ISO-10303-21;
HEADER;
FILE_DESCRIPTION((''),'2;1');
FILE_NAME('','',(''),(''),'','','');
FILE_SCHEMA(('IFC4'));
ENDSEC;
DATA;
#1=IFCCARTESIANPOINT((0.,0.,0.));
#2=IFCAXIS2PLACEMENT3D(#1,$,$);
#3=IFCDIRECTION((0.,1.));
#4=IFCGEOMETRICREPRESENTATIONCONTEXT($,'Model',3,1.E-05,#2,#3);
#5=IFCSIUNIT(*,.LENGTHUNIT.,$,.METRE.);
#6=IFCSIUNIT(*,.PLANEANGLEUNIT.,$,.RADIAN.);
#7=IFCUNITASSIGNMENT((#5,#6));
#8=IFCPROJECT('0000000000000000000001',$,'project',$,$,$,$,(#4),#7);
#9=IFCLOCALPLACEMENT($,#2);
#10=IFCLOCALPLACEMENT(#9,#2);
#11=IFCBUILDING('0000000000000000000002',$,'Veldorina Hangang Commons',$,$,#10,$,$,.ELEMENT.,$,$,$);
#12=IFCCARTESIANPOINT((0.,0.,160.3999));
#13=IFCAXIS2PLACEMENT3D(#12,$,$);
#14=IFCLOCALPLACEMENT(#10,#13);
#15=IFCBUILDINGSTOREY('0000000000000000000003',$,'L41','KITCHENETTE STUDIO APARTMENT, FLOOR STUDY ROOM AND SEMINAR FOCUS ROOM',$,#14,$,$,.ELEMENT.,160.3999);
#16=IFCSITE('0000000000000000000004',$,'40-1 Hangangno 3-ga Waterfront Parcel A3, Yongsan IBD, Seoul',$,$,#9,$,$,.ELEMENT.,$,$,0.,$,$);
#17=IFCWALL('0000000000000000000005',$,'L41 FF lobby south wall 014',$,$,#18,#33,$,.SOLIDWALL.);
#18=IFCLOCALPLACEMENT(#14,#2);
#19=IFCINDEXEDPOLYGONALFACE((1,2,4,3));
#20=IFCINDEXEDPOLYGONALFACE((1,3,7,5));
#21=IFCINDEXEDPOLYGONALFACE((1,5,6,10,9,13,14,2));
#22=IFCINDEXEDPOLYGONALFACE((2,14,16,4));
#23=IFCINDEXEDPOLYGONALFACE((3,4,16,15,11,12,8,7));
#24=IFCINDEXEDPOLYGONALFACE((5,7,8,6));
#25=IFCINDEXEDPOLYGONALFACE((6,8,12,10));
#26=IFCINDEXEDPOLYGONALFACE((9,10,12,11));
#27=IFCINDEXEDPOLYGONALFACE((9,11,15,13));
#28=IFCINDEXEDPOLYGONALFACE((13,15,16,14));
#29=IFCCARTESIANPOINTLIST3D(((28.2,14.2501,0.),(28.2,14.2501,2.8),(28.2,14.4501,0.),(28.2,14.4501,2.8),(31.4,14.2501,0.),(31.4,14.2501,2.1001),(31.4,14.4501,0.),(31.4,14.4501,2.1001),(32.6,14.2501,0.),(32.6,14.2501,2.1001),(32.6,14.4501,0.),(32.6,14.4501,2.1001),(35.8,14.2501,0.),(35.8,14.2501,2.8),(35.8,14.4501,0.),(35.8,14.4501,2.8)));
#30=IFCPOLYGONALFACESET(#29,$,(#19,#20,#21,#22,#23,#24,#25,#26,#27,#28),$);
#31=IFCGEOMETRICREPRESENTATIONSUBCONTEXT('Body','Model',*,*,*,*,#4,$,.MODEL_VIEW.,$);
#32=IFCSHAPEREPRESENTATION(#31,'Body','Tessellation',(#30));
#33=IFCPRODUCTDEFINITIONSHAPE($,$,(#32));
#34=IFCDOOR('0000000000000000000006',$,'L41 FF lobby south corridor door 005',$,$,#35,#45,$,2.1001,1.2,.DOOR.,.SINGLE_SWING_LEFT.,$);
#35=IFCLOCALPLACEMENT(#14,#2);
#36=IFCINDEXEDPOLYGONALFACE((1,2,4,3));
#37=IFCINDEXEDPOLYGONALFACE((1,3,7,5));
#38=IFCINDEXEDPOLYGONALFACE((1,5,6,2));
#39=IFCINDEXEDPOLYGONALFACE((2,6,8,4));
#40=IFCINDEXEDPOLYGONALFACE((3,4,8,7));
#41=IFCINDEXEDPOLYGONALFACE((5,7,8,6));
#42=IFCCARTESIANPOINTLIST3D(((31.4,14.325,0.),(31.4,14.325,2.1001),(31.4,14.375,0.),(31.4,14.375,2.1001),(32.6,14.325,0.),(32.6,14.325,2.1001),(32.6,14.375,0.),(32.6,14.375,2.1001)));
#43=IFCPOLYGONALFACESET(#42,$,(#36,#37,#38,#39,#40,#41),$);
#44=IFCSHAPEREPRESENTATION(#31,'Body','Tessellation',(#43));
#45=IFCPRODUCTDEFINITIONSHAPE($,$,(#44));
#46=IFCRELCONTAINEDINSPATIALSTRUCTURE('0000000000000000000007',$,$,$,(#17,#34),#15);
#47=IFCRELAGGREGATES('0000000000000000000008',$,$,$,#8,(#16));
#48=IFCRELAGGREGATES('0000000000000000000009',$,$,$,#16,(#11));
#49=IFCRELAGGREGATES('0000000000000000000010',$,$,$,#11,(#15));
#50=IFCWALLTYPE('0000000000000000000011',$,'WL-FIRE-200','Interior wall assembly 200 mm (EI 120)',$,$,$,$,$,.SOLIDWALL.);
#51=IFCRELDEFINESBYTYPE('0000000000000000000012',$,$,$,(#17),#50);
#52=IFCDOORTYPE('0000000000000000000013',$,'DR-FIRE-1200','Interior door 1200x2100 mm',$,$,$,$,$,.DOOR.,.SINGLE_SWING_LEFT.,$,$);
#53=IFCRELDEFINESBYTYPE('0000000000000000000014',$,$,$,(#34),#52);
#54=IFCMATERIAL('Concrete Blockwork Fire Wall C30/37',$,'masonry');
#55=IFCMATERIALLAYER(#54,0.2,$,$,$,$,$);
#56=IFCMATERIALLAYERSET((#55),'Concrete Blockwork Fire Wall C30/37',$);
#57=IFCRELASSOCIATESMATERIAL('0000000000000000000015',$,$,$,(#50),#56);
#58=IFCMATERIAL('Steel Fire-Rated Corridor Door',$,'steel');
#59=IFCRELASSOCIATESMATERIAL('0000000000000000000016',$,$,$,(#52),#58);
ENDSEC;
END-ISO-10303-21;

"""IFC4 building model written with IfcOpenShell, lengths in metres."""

from ifc_helpers import new_model, si_unit, direction, frame, frame_2d, origin, place, context, subcontext, project, spatial, rectangle, extrude, material, layer, layer_set, type_object, element, fill, save


model = new_model("IFC4")

# Units and contexts
model_context = context("Model", 3, precision=1e-05, world=origin(), true_north=direction((0.0, 1.0)))
body_context = subcontext(model_context, "Body", "Model", "MODEL_VIEW")
ifc_project = project(units=[si_unit("LENGTHUNIT", "METRE"), si_unit("PLANEANGLEUNIT", "RADIAN")], contexts=[model_context])

# Site, building, storey
site_placement = place(None, origin())
site = spatial("IfcSite", under=ifc_project, at=site_placement, Name="40-1 Hangangno 3-ga Waterfront Parcel A3, Yongsan IBD, Seoul", CompositionType="ELEMENT", RefElevation=0.0)
building_placement = place(site_placement, origin())
building = spatial("IfcBuilding", under=site, at=building_placement, Name="Veldorina Hangang Commons", CompositionType="ELEMENT")
storey_placement = place(building_placement, frame((0.0, 0.0, 160.3999)))
storey = spatial("IfcBuildingStorey", under=building, at=storey_placement, Name="L41", Description="KITCHENETTE STUDIO APARTMENT, FLOOR STUDY ROOM AND SEMINAR FOCUS ROOM", CompositionType="ELEMENT", Elevation=160.3999)

# Shared definitions
ifc_material_1 = material(Name="Concrete Blockwork Fire Wall C30/37", Category="masonry")
ifc_layer_1 = layer(ifc_material_1, 0.2)
ifc_layer_set_1 = layer_set([ifc_layer_1], Name="Concrete Blockwork Fire Wall C30/37")
wall_type_1 = type_object("IfcWallType", Name="WL-FIRE-200", Description="Interior wall assembly 200 mm (EI 120)", PredefinedType="SOLIDWALL", material=ifc_layer_set_1)

# Wall, opening, door
wall_1_placement = place(storey_placement, frame((28.2, 14.3501, 0.0), z_axis=(0.0, 0.0, 1.0), x_axis=(1.0, 0.0, 0.0)))
wall_1 = element("IfcWall", 1, at=wall_1_placement, inside=storey, type_object=wall_type_1, Name="L41 FF lobby south wall 014", PredefinedType="SOLIDWALL", context=body_context, shape_type="SweptSolid", body=[
    extrude(rectangle(XDim=7.6001, YDim=0.2, at=frame_2d((3.8, 0.0))), origin(), (0.0, 0.0, 1.0), 2.8),
])
opening_1_placement = place(wall_1_placement, frame((3.2, 0.0, 0.0)))
opening_1 = element("IfcOpeningElement", 2, at=opening_1_placement, cuts=wall_1, PredefinedType="OPENING", context=body_context, shape_type="SweptSolid", body=[
    extrude(rectangle(XDim=1.2, YDim=2.1001, at=frame_2d((0.6001, 1.05))), frame((0.0, 0.1099, 0.0), z_axis=(0.0, -1.0, 0.0), x_axis=(1.0, 0.0, 0.0)), (0.0, 0.0, 1.0), 0.22),
])
ifc_material_2 = material(Name="Steel Fire-Rated Corridor Door", Category="steel")
door_type_1 = type_object("IfcDoorType", Name="DR-FIRE-1200", Description="Interior door 1200x2100 mm", OperationType="SINGLE_SWING_LEFT", PredefinedType="DOOR", material=ifc_material_2)
door_1_placement = place(opening_1_placement, origin())
door_1 = element("IfcDoor", 3, at=door_1_placement, inside=storey, type_object=door_type_1, Name="L41 FF lobby south corridor door 005", OperationType="SINGLE_SWING_LEFT", OverallHeight=2.1001, OverallWidth=1.2, PredefinedType="DOOR", context=body_context, shape_type="SweptSolid", body=[
    extrude(rectangle(XDim=1.2, YDim=2.1001, at=frame_2d((0.6001, 1.05))), frame((0.0, 0.0249, 0.0), z_axis=(0.0, -1.0, 0.0), x_axis=(1.0, 0.0, 0.0)), (0.0, 0.0, 1.0), 0.05),
])
fill(opening_1, door_1)

save(model, "model.ifc")
